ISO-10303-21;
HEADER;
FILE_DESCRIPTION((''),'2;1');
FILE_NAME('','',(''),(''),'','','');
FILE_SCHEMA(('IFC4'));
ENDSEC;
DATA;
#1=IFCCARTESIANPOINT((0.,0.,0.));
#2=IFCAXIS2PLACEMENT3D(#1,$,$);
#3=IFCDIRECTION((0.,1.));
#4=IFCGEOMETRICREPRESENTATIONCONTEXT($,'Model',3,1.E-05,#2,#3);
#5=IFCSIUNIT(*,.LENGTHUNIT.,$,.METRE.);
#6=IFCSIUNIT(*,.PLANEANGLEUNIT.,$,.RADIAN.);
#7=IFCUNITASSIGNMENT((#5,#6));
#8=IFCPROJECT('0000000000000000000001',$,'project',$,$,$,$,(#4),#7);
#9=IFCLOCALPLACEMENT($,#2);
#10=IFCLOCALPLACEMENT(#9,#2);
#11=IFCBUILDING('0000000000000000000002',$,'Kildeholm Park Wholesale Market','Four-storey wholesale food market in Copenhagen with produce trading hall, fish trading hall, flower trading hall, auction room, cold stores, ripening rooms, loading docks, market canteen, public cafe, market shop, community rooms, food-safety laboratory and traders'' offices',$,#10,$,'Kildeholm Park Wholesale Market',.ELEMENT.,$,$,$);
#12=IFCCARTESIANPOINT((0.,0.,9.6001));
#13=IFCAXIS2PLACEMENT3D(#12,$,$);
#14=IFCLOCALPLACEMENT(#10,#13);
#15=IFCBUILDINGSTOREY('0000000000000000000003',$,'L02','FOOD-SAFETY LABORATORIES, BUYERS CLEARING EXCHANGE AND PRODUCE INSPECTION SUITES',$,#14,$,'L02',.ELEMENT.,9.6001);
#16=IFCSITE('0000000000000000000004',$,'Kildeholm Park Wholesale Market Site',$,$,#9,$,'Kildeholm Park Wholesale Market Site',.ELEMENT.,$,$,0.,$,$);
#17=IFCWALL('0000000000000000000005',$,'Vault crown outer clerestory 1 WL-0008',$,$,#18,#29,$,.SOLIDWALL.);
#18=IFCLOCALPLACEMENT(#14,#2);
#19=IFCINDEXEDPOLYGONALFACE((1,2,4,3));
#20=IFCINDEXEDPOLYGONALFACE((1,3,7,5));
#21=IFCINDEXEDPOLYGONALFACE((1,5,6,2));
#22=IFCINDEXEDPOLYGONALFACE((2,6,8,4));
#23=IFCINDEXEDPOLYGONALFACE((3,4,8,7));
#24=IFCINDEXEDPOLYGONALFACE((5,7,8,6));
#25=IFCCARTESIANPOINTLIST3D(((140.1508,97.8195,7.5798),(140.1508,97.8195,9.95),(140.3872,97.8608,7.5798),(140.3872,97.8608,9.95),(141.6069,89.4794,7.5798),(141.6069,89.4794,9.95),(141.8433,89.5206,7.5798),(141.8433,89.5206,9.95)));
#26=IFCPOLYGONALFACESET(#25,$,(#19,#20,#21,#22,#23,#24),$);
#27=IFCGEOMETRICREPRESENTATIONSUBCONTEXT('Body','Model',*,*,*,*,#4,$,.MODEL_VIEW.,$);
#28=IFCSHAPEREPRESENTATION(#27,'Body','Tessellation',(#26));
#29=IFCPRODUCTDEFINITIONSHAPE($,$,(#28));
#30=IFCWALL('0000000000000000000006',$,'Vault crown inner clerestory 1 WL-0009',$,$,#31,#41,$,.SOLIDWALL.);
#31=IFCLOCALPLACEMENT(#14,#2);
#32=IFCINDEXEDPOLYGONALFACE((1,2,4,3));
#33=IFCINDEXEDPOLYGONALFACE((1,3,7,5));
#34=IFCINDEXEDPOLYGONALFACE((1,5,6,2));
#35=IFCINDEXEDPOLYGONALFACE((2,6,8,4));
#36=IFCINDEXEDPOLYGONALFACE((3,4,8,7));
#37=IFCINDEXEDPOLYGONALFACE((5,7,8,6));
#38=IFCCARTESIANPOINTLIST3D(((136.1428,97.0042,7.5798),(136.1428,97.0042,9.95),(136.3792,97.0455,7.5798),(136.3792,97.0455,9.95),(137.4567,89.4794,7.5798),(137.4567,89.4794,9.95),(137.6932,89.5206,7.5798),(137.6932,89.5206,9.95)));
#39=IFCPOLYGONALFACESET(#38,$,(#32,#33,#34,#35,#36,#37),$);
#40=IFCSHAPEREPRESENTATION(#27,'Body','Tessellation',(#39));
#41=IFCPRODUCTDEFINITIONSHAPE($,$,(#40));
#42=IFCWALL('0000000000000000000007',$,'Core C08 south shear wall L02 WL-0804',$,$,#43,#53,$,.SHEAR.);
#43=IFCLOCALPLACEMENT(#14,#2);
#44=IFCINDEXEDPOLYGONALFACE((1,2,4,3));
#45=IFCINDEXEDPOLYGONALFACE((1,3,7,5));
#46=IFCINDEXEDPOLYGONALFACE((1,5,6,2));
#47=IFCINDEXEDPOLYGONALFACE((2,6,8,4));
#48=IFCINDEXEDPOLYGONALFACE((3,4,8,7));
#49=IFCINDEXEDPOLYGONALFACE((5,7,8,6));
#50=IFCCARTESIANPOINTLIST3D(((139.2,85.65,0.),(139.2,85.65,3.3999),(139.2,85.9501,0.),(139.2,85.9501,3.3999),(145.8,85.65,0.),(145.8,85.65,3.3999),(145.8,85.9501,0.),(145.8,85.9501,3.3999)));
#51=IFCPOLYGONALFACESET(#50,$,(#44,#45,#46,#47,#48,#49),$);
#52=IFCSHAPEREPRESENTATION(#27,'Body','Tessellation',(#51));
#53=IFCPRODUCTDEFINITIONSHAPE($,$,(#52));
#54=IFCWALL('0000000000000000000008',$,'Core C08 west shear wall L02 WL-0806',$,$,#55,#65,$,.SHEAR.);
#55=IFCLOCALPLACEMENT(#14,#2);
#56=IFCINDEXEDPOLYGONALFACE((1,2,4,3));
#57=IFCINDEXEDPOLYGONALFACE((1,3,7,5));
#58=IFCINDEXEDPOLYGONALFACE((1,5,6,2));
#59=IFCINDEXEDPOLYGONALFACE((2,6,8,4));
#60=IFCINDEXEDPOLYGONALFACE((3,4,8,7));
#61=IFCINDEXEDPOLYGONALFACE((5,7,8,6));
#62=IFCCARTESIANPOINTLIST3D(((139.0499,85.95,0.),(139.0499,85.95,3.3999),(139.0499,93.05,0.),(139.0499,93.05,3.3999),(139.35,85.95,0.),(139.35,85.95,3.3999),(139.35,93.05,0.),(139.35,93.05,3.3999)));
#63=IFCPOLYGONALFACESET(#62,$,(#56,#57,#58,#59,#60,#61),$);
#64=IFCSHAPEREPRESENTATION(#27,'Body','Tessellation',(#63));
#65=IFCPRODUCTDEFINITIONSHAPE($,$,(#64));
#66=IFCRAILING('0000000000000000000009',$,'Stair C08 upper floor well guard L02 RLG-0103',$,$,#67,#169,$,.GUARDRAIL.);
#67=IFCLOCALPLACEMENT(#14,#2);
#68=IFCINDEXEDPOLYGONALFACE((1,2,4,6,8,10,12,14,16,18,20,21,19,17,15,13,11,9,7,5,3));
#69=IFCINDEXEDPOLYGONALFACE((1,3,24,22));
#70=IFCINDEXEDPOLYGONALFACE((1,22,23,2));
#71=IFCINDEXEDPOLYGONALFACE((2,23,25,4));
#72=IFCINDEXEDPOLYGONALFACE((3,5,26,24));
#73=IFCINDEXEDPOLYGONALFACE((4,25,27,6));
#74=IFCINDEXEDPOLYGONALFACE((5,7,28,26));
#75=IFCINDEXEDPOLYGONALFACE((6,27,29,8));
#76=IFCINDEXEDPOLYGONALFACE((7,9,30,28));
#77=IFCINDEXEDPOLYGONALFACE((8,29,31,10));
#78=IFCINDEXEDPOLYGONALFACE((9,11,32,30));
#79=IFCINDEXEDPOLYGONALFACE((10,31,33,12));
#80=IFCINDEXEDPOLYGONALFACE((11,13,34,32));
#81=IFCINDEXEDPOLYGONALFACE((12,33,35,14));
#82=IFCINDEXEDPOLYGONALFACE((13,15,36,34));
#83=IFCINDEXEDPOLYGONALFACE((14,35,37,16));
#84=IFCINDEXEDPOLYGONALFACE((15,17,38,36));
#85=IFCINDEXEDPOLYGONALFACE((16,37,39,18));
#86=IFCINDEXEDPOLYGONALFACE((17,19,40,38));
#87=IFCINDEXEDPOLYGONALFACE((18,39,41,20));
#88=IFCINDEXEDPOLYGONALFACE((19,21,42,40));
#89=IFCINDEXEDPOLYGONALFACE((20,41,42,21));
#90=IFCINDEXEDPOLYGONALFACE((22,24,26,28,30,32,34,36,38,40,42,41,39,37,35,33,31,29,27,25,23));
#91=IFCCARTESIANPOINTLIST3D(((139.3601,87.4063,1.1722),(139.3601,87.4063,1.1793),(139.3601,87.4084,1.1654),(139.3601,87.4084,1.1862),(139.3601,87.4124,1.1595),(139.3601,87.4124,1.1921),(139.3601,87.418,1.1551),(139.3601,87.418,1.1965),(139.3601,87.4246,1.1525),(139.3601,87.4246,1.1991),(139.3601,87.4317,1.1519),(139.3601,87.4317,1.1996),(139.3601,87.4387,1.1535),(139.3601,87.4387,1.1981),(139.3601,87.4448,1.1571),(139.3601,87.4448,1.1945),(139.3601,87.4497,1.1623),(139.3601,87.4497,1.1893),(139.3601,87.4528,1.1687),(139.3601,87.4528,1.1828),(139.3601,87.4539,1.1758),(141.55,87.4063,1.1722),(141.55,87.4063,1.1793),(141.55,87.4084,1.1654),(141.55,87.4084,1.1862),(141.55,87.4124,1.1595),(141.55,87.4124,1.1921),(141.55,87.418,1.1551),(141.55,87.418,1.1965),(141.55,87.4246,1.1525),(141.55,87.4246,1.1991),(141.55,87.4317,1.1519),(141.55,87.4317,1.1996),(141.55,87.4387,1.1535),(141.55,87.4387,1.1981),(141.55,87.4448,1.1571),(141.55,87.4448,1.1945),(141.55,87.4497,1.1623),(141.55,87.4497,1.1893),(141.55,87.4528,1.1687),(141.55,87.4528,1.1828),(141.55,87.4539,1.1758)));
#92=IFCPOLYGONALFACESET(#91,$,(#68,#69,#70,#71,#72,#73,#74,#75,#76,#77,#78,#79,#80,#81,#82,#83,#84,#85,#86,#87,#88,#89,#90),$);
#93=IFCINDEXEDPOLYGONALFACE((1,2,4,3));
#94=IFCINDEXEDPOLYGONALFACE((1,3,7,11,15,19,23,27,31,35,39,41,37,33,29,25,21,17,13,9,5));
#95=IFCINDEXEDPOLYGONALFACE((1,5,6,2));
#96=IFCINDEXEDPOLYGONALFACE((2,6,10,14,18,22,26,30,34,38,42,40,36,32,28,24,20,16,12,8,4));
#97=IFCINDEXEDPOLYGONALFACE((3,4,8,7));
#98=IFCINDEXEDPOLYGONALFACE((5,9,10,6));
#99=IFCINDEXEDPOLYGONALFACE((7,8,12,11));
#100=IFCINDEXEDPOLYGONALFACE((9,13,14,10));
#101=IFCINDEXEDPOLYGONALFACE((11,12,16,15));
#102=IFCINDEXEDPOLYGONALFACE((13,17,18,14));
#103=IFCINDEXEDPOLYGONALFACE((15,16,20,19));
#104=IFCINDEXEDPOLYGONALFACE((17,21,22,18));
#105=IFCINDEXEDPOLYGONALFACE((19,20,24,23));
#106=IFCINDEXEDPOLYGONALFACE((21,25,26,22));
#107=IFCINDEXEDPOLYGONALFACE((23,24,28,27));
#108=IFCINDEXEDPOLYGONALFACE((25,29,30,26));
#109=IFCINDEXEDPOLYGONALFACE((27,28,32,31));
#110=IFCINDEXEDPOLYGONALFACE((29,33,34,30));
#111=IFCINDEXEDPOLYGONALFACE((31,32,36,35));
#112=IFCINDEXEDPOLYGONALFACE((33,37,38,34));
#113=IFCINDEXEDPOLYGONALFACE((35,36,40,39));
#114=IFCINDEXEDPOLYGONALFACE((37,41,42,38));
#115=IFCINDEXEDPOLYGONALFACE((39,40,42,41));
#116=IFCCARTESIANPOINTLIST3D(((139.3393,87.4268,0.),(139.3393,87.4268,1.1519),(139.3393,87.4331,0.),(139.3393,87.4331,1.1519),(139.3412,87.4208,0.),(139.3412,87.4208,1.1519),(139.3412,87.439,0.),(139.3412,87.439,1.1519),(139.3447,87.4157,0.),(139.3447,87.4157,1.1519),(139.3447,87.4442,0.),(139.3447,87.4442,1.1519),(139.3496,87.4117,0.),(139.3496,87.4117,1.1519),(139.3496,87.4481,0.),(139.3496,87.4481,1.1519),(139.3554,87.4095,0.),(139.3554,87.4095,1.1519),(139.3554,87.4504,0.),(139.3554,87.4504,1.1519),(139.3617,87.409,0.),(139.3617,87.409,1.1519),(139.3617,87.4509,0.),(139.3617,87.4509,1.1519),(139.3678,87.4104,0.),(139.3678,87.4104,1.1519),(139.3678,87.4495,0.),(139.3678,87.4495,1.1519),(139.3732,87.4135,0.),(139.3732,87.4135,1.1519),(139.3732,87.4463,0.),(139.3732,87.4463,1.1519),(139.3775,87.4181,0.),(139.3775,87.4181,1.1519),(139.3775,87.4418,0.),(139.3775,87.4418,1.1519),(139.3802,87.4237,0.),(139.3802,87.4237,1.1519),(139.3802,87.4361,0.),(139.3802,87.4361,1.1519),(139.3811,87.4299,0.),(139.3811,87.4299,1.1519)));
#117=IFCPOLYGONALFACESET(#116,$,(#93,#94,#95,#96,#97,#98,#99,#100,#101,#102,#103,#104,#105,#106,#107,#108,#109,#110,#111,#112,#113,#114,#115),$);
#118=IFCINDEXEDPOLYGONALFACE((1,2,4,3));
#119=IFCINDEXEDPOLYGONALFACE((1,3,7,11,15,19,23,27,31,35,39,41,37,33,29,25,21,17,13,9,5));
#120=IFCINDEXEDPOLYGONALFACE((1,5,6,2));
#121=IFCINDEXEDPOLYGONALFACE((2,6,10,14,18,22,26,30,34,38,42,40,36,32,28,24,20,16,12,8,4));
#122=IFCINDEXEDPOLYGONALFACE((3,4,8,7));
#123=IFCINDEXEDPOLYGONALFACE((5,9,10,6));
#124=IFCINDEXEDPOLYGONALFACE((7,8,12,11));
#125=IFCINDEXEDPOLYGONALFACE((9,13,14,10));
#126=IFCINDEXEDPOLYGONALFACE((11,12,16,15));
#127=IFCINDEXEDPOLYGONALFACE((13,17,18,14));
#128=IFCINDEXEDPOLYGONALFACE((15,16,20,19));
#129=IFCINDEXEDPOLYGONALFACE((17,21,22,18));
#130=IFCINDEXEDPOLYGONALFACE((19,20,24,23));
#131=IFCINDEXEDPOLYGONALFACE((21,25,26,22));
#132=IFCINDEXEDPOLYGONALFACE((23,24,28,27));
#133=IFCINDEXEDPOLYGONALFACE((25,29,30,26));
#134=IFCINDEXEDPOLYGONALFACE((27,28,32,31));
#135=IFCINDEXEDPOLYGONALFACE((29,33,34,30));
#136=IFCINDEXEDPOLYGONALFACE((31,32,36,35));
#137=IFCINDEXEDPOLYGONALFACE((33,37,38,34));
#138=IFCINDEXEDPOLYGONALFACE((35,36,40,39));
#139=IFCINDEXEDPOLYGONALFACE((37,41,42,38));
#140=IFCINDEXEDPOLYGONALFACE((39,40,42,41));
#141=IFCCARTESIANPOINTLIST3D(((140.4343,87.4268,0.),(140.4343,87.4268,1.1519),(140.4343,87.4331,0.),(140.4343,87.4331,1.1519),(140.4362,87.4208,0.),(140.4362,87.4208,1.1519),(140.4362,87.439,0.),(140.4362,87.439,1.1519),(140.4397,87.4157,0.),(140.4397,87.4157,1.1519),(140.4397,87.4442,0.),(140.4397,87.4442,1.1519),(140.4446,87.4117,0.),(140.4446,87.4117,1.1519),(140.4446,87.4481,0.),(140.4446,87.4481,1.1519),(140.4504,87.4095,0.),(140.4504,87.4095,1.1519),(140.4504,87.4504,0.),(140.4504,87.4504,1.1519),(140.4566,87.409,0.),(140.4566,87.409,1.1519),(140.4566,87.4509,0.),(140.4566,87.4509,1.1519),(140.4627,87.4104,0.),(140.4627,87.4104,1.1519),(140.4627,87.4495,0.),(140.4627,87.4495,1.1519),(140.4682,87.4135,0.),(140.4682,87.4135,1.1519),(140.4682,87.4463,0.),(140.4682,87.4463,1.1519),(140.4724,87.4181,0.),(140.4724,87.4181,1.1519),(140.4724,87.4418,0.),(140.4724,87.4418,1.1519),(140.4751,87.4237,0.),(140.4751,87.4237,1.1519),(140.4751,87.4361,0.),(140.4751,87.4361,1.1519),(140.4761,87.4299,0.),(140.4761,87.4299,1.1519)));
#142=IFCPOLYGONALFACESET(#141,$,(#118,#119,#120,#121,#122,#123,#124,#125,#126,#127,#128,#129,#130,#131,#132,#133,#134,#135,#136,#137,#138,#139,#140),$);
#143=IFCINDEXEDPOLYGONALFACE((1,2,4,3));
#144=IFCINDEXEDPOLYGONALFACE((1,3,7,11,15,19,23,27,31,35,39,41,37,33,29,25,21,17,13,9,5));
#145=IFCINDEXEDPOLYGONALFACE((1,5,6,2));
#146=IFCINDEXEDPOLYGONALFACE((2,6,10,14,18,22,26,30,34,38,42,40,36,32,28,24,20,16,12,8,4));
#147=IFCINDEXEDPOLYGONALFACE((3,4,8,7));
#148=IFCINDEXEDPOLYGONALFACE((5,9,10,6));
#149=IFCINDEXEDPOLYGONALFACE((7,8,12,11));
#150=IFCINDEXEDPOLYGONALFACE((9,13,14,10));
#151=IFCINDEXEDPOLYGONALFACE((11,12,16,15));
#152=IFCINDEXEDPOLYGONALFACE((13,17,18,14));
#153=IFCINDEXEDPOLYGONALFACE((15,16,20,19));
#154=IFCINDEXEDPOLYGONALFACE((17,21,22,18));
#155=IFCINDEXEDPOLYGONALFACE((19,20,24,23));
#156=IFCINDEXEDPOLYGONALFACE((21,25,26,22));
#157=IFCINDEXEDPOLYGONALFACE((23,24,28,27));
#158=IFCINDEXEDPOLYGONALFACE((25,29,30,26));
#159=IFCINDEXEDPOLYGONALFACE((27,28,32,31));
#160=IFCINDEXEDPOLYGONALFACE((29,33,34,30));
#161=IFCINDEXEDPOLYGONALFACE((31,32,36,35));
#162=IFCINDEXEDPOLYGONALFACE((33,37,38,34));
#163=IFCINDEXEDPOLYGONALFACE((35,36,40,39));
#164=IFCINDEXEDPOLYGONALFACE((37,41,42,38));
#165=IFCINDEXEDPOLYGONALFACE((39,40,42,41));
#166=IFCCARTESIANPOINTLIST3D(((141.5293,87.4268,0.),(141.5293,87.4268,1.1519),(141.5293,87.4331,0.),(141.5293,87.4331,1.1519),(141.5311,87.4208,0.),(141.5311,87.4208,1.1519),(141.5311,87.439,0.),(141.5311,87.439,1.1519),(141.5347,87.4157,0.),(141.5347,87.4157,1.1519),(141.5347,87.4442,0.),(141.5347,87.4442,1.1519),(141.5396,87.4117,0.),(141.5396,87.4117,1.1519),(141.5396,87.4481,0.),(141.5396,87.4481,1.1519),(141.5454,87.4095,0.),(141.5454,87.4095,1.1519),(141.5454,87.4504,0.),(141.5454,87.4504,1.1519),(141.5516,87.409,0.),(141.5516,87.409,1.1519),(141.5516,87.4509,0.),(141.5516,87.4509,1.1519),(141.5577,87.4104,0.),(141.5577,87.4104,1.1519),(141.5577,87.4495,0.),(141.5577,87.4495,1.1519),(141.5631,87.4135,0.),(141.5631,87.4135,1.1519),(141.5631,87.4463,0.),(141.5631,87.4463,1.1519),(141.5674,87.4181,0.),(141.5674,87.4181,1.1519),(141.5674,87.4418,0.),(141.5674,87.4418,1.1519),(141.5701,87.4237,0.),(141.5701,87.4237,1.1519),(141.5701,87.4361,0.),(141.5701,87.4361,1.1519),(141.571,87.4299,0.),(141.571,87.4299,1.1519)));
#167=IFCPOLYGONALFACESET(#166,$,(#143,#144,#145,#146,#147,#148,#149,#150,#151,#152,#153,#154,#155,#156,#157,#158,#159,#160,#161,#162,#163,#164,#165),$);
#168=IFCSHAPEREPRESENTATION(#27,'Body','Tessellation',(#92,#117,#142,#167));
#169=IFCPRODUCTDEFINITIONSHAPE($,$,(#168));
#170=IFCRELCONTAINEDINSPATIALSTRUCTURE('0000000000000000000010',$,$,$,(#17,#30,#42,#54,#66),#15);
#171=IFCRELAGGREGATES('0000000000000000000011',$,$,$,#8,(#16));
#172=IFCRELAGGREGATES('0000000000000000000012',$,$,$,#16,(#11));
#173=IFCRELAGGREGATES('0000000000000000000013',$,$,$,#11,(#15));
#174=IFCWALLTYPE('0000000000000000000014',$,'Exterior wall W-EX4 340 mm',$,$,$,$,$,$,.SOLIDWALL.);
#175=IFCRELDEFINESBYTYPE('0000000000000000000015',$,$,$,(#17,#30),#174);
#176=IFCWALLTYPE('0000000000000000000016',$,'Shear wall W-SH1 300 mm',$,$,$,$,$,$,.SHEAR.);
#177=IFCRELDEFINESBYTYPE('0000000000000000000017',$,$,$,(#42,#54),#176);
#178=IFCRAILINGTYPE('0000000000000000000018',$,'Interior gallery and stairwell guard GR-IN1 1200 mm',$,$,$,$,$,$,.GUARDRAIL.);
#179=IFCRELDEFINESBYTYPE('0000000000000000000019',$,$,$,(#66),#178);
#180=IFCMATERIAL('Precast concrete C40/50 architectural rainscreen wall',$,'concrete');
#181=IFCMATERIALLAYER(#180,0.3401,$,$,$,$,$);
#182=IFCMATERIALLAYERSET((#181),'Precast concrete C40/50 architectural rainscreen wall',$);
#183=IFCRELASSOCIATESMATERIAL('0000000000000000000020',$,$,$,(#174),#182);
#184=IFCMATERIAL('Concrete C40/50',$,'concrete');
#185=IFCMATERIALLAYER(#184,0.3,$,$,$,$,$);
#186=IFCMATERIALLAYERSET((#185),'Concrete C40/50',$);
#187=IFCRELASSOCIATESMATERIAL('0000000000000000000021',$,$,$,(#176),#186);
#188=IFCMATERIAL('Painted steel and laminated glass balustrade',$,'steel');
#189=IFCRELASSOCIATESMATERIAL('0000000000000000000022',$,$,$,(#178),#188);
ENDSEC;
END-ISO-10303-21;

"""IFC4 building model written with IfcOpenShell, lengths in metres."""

from ifc_helpers import new_model, si_unit, direction, frame, frame_2d, origin, origin_2d, place, context, subcontext, project, spatial, rectangle, circle, extrude, material, layer, layer_set, type_object, element, save


model = new_model("IFC4")

# Units and contexts
model_context = context("Model", 3, precision=1e-05, world=origin(), true_north=direction((0.0, 1.0)))
body_context = subcontext(model_context, "Body", "Model", "MODEL_VIEW")
ifc_project = project(units=[si_unit("LENGTHUNIT", "METRE"), si_unit("PLANEANGLEUNIT", "RADIAN")], contexts=[model_context])

# Site, building, storey
site_placement = place(None, origin())
site = spatial("IfcSite", under=ifc_project, at=site_placement, Name="Kildeholm Park Wholesale Market Site", LongName="Kildeholm Park Wholesale Market Site", CompositionType="ELEMENT", RefElevation=0.0)
building_placement = place(site_placement, origin())
building = spatial("IfcBuilding", under=site, at=building_placement, Name="Kildeholm Park Wholesale Market", Description="Four-storey wholesale food market in Copenhagen with produce trading hall, fish trading hall, flower trading hall, auction room, cold stores, ripening rooms, loading docks, market canteen, public cafe, market shop, community rooms, food-safety laboratory and traders' offices", LongName="Kildeholm Park Wholesale Market", CompositionType="ELEMENT")
storey_placement = place(building_placement, frame((0.0, 0.0, 9.6001)))
storey = spatial("IfcBuildingStorey", under=building, at=storey_placement, Name="L02", Description="FOOD-SAFETY LABORATORIES, BUYERS CLEARING EXCHANGE AND PRODUCE INSPECTION SUITES", LongName="L02", CompositionType="ELEMENT", Elevation=9.6001)

# Walls
ifc_material_1 = material(Name="Precast concrete C40/50 architectural rainscreen wall", Category="concrete")
ifc_layer_1 = layer(ifc_material_1, 0.3401)
ifc_layer_set_1 = layer_set([ifc_layer_1], Name="Precast concrete C40/50 architectural rainscreen wall")
wall_type_1 = type_object("IfcWallType", Name="Exterior wall W-EX4 340 mm", PredefinedType="SOLIDWALL", material=ifc_layer_set_1)
wall_1_placement = place(storey_placement, frame((141.7251, 89.5, 7.5798), z_axis=(0.0, 0.0, 1.0), x_axis=(-0.171984, 0.9851, 0.0)))
element("IfcWall", 1, at=wall_1_placement, inside=storey, type_object=wall_type_1, Name="Vault crown outer clerestory 1 WL-0008", PredefinedType="SOLIDWALL", context=body_context, shape_type="SweptSolid", body=[
    extrude(rectangle(XDim=8.4663, YDim=0.24, at=frame_2d((4.2332, 0.0))), origin(), (0.0, 0.0, 1.0), 2.3701),
])
wall_2_placement = place(storey_placement, frame((137.575, 89.5, 7.5798), z_axis=(0.0, 0.0, 1.0), x_axis=(-0.172013, 0.985095, 0.0)))
element("IfcWall", 2, at=wall_2_placement, inside=storey, type_object=wall_type_1, Name="Vault crown inner clerestory 1 WL-0009", PredefinedType="SOLIDWALL", context=body_context, shape_type="SweptSolid", body=[
    extrude(rectangle(XDim=7.6387, YDim=0.24, at=frame_2d((3.8193, 0.0))), origin(), (0.0, 0.0, 1.0), 2.3701),
])
ifc_material_2 = material(Name="Concrete C40/50", Category="concrete")
ifc_layer_2 = layer(ifc_material_2, 0.3)
ifc_layer_set_2 = layer_set([ifc_layer_2], Name="Concrete C40/50")
wall_type_2 = type_object("IfcWallType", Name="Shear wall W-SH1 300 mm", PredefinedType="SHEAR", material=ifc_layer_set_2)
wall_3_placement = place(storey_placement, frame((139.2, 85.8, 0.0), z_axis=(0.0, 0.0, 1.0), x_axis=(1.0, 0.0, 0.0)))
element("IfcWall", 3, at=wall_3_placement, inside=storey, type_object=wall_type_2, Name="Core C08 south shear wall L02 WL-0804", PredefinedType="SHEAR", context=body_context, shape_type="SweptSolid", body=[
    extrude(rectangle(XDim=6.6001, YDim=0.3, at=frame_2d((3.3, 0.0))), origin(), (0.0, 0.0, 1.0), 3.3999),
])
wall_4_placement = place(storey_placement, frame((139.2, 85.95, 0.0), z_axis=(0.0, 0.0, 1.0), x_axis=(0.0, 1.0, 0.0)))
element("IfcWall", 4, at=wall_4_placement, inside=storey, type_object=wall_type_2, Name="Core C08 west shear wall L02 WL-0806", PredefinedType="SHEAR", context=body_context, shape_type="SweptSolid", body=[
    extrude(rectangle(XDim=7.1001, YDim=0.3, at=frame_2d((3.55, 0.0))), origin(), (0.0, 0.0, 1.0), 3.3999),
])

# Railing
ifc_material_3 = material(Name="Painted steel and laminated glass balustrade", Category="steel")
railing_type = type_object("IfcRailingType", Name="Interior gallery and stairwell guard GR-IN1 1200 mm", PredefinedType="GUARDRAIL", material=ifc_material_3)
railing_placement = place(storey_placement, frame((139.3601, 87.4299, 0.0)))
element("IfcRailing", 5, at=railing_placement, inside=storey, type_object=railing_type, Name="Stair C08 upper floor well guard L02 RLG-0103", PredefinedType="GUARDRAIL", context=body_context, shape_type="SweptSolid", body=[
    extrude(circle(Radius=0.0239, at=origin_2d()), frame((0.0, 0.0, 1.1758), z_axis=(1.0, 0.0, 0.0), x_axis=(0.0, 1.0, 0.0)), (0.0, 0.0, 1.0), 2.1899),
    extrude(circle(Radius=0.021, at=origin_2d()), origin(), (0.0, 0.0, 1.0), 1.1519),
    extrude(circle(Radius=0.021, at=origin_2d()), frame((1.095, 0.0, 0.0)), (0.0, 0.0, 1.0), 1.1519),
    extrude(circle(Radius=0.021, at=origin_2d()), frame((2.1899, 0.0, 0.0)), (0.0, 0.0, 1.0), 1.1519),
])

save(model, "model.ifc")
